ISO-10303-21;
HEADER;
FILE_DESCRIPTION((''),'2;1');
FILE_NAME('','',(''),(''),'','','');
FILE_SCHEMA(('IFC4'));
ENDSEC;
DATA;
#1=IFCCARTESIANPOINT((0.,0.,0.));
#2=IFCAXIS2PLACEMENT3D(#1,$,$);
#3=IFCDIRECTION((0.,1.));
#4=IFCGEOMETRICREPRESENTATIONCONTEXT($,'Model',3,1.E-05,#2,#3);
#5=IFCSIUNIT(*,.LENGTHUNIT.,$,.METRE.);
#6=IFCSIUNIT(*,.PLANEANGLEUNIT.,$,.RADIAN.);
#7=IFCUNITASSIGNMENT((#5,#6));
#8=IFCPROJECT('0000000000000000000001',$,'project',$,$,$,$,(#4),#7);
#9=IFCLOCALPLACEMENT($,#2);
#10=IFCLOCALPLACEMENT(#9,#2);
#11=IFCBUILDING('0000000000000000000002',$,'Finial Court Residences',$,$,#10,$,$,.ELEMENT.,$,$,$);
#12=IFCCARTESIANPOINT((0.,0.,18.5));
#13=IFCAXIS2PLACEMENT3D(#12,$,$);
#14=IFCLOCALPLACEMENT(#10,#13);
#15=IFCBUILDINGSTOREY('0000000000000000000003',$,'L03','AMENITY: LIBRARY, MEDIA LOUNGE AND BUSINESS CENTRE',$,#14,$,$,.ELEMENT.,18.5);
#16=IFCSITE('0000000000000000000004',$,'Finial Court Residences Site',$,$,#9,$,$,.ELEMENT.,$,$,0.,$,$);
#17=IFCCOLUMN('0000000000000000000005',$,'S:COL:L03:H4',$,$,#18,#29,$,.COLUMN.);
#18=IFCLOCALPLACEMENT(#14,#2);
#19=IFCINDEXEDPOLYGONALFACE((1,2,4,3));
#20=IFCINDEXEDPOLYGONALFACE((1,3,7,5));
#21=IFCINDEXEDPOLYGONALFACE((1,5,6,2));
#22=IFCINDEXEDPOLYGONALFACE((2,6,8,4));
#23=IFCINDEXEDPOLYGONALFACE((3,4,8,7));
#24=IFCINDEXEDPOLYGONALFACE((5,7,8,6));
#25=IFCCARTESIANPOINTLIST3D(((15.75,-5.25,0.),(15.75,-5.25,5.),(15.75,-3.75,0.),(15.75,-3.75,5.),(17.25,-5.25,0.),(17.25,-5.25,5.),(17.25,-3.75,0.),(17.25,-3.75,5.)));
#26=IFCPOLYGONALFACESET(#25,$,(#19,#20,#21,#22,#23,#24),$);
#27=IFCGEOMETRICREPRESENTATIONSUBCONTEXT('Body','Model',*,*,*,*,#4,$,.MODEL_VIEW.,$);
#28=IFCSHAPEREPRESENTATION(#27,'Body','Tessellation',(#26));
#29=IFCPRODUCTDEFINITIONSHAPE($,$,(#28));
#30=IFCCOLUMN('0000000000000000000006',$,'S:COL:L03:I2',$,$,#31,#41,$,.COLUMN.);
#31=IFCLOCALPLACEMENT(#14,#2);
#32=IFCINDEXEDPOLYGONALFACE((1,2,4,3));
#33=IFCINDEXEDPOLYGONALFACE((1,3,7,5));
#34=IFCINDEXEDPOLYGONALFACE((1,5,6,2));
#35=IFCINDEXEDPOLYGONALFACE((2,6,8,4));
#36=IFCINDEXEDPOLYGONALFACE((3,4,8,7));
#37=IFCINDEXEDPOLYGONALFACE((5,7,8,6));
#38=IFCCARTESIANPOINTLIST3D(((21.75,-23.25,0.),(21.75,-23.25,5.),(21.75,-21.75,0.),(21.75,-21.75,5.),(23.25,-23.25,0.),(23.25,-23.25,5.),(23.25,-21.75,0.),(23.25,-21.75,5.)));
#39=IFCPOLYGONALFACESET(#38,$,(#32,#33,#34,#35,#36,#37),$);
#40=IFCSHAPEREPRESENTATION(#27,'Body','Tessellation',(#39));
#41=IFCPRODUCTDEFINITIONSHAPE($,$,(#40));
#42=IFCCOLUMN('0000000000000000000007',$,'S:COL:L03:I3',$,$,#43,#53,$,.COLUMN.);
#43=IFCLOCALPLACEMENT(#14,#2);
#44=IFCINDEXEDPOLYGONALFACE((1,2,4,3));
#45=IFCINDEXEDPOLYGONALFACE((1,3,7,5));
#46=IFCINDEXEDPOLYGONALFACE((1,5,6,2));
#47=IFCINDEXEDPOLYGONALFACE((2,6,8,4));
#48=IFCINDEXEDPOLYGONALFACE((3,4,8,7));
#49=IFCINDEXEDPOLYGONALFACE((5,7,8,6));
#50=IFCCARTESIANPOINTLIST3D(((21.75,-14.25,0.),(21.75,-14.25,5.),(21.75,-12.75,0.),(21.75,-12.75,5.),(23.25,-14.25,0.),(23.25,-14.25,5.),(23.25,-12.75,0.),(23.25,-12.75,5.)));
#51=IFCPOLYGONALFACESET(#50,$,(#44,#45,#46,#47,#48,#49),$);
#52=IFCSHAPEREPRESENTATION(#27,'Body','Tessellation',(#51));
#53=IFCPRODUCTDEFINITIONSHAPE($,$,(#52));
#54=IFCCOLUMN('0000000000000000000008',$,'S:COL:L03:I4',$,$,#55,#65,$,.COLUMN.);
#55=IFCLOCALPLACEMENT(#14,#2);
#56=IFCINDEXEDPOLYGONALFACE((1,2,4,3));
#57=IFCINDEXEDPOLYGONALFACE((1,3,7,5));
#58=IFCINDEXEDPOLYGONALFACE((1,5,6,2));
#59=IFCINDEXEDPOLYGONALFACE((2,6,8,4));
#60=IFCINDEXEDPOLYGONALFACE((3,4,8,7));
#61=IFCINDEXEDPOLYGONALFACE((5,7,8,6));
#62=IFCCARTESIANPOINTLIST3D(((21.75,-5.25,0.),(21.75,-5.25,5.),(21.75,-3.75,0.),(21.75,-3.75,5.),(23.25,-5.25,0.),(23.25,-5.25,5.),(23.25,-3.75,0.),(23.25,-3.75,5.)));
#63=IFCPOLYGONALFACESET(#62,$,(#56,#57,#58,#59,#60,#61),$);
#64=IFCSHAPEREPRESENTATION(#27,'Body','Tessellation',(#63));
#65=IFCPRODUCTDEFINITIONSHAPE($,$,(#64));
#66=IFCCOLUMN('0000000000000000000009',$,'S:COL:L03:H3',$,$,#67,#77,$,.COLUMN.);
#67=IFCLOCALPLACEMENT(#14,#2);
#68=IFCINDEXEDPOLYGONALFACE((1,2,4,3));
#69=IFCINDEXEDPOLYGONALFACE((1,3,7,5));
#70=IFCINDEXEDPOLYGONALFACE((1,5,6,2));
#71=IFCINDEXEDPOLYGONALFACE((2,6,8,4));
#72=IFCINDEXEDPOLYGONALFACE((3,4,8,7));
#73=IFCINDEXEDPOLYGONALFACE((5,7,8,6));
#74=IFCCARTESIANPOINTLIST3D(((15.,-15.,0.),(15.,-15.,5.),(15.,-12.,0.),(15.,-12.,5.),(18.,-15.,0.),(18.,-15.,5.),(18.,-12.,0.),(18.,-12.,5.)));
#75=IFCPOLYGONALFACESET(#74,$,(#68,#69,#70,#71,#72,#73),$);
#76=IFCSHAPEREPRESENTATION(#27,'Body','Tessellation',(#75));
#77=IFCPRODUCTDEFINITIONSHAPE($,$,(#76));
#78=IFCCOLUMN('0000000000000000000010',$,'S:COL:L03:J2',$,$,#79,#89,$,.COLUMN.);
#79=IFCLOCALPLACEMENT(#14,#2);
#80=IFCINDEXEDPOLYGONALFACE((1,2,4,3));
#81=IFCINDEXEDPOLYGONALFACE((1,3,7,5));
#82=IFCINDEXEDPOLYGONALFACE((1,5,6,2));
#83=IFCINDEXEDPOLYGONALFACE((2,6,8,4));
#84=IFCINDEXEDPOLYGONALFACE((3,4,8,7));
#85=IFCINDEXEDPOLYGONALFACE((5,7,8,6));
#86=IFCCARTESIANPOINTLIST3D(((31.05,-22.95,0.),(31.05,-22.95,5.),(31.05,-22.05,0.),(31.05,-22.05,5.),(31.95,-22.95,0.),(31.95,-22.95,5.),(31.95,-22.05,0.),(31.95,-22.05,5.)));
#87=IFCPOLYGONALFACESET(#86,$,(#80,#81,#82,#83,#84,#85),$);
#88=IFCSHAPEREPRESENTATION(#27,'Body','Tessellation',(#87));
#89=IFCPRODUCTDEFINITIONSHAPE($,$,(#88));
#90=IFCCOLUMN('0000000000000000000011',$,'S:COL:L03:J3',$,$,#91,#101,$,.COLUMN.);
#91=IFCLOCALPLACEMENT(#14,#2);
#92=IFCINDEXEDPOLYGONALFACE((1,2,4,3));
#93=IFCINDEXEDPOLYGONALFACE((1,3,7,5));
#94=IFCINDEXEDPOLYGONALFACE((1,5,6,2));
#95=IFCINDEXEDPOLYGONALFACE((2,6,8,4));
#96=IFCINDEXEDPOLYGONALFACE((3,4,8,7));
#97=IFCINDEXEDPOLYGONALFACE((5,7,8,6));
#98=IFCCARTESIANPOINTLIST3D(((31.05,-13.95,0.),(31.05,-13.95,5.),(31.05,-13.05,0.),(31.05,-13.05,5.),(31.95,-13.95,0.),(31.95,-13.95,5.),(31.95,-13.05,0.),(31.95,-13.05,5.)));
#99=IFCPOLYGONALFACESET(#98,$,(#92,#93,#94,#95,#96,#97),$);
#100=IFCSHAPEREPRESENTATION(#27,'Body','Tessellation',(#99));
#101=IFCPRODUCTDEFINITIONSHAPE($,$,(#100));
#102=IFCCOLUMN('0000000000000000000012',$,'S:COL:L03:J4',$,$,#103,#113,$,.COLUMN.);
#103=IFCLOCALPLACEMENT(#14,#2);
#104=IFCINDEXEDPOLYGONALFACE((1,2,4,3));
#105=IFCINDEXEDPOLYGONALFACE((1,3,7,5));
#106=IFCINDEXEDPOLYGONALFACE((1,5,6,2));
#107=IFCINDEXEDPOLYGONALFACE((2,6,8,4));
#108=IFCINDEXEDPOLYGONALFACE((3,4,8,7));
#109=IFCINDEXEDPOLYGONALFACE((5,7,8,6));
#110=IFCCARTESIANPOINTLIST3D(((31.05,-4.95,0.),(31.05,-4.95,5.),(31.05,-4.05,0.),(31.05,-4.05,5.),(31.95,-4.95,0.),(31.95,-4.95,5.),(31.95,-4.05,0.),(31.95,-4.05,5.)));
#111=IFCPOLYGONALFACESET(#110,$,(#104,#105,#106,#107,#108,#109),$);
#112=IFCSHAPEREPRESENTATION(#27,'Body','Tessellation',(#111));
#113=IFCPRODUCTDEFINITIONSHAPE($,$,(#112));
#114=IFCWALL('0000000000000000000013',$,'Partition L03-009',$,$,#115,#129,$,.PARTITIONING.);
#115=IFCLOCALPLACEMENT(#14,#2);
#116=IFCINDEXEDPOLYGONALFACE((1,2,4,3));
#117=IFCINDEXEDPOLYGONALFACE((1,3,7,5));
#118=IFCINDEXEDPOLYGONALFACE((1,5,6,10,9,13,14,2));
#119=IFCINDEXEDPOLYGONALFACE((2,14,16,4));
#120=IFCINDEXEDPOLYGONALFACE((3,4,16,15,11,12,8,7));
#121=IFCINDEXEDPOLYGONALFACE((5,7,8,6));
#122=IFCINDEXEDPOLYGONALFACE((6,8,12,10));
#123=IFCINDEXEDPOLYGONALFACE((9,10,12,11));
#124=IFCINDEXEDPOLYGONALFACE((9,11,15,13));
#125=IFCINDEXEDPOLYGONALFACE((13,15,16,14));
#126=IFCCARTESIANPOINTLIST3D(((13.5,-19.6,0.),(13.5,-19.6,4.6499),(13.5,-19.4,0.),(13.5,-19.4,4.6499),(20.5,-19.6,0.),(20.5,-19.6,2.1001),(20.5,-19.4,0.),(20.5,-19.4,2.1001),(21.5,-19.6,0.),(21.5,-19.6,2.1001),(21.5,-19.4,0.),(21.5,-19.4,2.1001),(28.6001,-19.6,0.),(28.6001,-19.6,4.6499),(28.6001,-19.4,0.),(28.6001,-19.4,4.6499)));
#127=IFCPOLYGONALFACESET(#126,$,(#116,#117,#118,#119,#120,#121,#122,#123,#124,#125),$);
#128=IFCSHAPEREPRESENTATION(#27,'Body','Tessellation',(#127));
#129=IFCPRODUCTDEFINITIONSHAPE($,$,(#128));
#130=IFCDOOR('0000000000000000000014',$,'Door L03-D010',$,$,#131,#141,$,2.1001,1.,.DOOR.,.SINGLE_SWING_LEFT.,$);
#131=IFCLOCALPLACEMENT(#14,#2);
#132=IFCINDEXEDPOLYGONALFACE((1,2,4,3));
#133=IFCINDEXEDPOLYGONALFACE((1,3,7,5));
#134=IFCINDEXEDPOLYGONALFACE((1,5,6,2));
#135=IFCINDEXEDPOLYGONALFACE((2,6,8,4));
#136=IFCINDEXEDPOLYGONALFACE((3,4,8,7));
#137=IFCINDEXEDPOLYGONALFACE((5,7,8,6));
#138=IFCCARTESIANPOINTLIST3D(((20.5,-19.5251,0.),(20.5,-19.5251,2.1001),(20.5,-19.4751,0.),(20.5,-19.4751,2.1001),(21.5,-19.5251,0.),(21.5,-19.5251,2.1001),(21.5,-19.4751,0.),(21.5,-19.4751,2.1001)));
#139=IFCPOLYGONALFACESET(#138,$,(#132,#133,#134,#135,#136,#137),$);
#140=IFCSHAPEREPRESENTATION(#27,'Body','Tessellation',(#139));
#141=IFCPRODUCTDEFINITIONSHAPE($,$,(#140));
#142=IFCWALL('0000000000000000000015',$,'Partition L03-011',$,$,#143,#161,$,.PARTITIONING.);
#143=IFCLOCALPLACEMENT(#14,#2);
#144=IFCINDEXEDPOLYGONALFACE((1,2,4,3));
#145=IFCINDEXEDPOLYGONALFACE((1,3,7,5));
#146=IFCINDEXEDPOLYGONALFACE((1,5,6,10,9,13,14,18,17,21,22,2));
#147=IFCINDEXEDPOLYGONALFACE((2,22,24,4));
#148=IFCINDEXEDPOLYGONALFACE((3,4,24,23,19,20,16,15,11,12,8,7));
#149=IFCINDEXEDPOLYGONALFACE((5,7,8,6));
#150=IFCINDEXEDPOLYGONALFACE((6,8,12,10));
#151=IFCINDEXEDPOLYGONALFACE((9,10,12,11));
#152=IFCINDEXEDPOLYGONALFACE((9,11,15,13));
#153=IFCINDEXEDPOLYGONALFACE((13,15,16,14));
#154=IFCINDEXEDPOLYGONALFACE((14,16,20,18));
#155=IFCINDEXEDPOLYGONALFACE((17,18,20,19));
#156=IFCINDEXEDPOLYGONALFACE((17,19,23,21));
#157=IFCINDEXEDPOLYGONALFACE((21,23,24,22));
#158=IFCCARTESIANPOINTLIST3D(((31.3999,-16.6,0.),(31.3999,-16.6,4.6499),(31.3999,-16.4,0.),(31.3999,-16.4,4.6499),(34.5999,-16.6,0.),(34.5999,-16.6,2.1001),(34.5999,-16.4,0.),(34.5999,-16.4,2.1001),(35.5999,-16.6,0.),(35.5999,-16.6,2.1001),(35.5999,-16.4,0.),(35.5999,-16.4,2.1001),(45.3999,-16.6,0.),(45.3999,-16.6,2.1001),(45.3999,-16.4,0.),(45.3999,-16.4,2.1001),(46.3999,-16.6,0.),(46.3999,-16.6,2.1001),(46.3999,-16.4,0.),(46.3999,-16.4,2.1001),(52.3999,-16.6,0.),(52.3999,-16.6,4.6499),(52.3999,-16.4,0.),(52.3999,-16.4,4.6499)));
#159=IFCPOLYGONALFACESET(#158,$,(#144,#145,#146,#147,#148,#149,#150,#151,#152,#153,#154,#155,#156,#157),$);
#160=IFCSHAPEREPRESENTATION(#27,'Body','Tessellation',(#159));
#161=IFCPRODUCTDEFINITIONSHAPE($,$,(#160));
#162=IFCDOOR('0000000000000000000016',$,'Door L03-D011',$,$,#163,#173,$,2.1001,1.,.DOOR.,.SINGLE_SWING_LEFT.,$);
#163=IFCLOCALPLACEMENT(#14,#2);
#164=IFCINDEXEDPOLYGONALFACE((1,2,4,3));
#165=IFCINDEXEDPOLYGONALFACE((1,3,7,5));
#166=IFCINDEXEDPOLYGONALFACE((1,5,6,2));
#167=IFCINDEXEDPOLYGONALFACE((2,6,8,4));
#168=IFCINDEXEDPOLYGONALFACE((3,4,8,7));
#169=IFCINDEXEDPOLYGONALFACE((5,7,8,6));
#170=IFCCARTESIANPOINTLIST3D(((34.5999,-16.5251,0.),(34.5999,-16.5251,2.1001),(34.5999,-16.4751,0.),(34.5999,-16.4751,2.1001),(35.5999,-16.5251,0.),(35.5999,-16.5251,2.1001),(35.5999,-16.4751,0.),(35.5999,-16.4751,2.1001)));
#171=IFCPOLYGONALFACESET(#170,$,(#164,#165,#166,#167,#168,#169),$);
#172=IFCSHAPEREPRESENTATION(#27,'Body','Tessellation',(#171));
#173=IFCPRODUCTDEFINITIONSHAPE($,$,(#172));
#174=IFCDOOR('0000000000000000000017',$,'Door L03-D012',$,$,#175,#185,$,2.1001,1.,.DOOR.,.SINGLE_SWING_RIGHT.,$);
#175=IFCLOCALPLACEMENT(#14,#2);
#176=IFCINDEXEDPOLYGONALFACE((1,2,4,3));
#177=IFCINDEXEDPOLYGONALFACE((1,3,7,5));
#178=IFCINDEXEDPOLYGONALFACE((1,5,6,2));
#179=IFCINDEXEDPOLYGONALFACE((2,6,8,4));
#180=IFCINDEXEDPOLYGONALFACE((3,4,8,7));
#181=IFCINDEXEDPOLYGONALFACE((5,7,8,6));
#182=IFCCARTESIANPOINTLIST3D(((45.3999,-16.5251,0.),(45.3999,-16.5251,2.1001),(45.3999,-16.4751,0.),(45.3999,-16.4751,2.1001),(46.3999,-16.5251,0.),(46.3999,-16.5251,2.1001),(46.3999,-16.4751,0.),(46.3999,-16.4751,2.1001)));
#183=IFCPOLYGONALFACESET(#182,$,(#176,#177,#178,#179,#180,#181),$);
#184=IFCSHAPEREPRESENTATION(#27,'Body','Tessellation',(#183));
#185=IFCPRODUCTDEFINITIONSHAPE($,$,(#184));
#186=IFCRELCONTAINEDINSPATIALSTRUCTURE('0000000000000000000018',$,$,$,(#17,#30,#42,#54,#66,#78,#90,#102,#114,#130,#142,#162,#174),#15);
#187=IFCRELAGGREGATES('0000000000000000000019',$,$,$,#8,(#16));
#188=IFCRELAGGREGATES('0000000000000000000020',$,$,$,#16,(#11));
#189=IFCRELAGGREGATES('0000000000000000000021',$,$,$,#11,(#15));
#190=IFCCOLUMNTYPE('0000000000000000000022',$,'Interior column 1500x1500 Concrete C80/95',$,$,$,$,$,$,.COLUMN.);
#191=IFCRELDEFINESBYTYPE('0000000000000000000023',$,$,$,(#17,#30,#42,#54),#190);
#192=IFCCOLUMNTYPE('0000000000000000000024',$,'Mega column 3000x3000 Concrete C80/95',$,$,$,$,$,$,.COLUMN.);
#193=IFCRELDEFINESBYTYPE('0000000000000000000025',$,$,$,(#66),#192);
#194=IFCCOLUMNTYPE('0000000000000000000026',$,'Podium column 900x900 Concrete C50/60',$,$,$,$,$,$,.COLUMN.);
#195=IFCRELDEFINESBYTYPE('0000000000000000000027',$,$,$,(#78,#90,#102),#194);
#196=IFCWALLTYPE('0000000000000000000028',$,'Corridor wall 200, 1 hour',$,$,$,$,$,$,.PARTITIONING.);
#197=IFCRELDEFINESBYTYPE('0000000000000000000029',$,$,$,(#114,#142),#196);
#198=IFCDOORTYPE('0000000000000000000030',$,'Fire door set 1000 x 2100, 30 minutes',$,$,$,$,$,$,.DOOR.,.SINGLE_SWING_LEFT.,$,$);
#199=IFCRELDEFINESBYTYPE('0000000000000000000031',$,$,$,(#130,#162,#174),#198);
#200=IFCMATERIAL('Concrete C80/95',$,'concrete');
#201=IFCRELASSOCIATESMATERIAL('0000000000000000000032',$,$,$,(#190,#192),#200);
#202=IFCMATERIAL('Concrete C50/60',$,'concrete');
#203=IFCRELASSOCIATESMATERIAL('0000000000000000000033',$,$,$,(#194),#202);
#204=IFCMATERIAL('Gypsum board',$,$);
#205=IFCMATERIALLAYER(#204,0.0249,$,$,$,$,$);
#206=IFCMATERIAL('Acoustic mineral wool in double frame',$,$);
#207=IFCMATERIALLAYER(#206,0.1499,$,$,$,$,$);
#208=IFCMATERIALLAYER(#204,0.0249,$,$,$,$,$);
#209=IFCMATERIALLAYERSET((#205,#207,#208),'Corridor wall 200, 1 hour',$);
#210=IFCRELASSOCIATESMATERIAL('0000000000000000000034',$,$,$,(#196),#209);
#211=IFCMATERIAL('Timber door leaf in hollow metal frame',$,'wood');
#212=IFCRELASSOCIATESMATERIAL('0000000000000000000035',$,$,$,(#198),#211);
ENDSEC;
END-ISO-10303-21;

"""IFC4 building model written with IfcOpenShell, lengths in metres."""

from ifc_helpers import new_model, si_unit, direction, frame, frame_2d, origin, origin_2d, place, context, subcontext, project, spatial, rectangle, extrude, material, layer, layer_set, material_profile, profile_set, type_object, element, fill, save


model = new_model("IFC4")

# Units and contexts
model_context = context("Model", 3, precision=1e-05, world=origin(), true_north=direction((0.0, 1.0)))
body_context = subcontext(model_context, "Body", "Model", "MODEL_VIEW")
ifc_project = project(units=[si_unit("LENGTHUNIT", "METRE"), si_unit("PLANEANGLEUNIT", "RADIAN")], contexts=[model_context])

# Site, building, storey
site_placement = place(None, origin())
site = spatial("IfcSite", under=ifc_project, at=site_placement, Name="Finial Court Residences Site", CompositionType="ELEMENT", RefElevation=0.0)
building_placement = place(site_placement, origin())
building = spatial("IfcBuilding", under=site, at=building_placement, Name="Finial Court Residences", CompositionType="ELEMENT")
storey_placement = place(building_placement, frame((0.0, 0.0, 18.5)))
storey = spatial("IfcBuildingStorey", under=building, at=storey_placement, Name="L03", Description="AMENITY: LIBRARY, MEDIA LOUNGE AND BUSINESS CENTRE", CompositionType="ELEMENT", Elevation=18.5)

# Columns
ifc_material_1 = material(Name="Concrete C80/95", Category="concrete")
ifc_material_profile_1 = material_profile(ifc_material_1, rectangle(XDim=1.5, YDim=1.5, at=origin_2d()), Name="1500x1500")
ifc_profile_set_1 = profile_set([ifc_material_profile_1], Name="Concrete C80/95")
column_type_1 = type_object("IfcColumnType", Name="Interior column 1500x1500 Concrete C80/95", PredefinedType="COLUMN", material=ifc_profile_set_1)
for number, where, z_axis, x_axis, name in (
    (1, (16.5, -4.5, 0.0), (0.0, 0.0, 1.0), (1.0, 0.0, 0.0), "S:COL:L03:H4"),
    (2, (22.5, -22.5, 0.0), (0.0, 0.0, 1.0), (1.0, 0.0, 0.0), "S:COL:L03:I2"),
    (3, (22.5, -13.5, 0.0), (0.0, 0.0, 1.0), (1.0, 0.0, 0.0), "S:COL:L03:I3"),
    (4, (22.5, -4.5, 0.0), (0.0, 0.0, 1.0), (1.0, 0.0, 0.0), "S:COL:L03:I4"),
):
    element("IfcColumn", number, at=place(storey_placement, frame(where, z_axis=z_axis, x_axis=x_axis)), inside=storey, type_object=column_type_1, Name=name, PredefinedType="COLUMN", context=body_context, shape_type="SweptSolid", body=[
        extrude(rectangle(XDim=1.5, YDim=1.5, at=origin_2d()), origin(), (0.0, 0.0, 1.0), 5.0),
    ])
ifc_material_profile_2 = material_profile(ifc_material_1, rectangle(XDim=3.0, YDim=3.0, at=origin_2d()), Name="3000x3000")
ifc_profile_set_2 = profile_set([ifc_material_profile_2], Name="Concrete C80/95")
column_type_2 = type_object("IfcColumnType", Name="Mega column 3000x3000 Concrete C80/95", PredefinedType="COLUMN", material=ifc_profile_set_2)
column_placement = place(storey_placement, frame((16.5, -13.5, 0.0), z_axis=(0.0, 0.0, 1.0), x_axis=(1.0, 0.0, 0.0)))
element("IfcColumn", 5, at=column_placement, inside=storey, type_object=column_type_2, Name="S:COL:L03:H3", PredefinedType="COLUMN", context=body_context, shape_type="SweptSolid", body=[
    extrude(rectangle(XDim=3.0, YDim=3.0, at=origin_2d()), origin(), (0.0, 0.0, 1.0), 5.0),
])
ifc_material_2 = material(Name="Concrete C50/60", Category="concrete")
ifc_material_profile_3 = material_profile(ifc_material_2, rectangle(XDim=0.8999, YDim=0.8999, at=origin_2d()), Name="900x900")
ifc_profile_set_3 = profile_set([ifc_material_profile_3], Name="Concrete C50/60")
column_type_3 = type_object("IfcColumnType", Name="Podium column 900x900 Concrete C50/60", PredefinedType="COLUMN", material=ifc_profile_set_3)
for number, where, z_axis, x_axis, name in (
    (6, (31.5, -22.5, 0.0), (0.0, 0.0, 1.0), (1.0, 0.0, 0.0), "S:COL:L03:J2"),
    (7, (31.5, -13.5, 0.0), (0.0, 0.0, 1.0), (1.0, 0.0, 0.0), "S:COL:L03:J3"),
    (8, (31.5, -4.5, 0.0), (0.0, 0.0, 1.0), (1.0, 0.0, 0.0), "S:COL:L03:J4"),
):
    element("IfcColumn", number, at=place(storey_placement, frame(where, z_axis=z_axis, x_axis=x_axis)), inside=storey, type_object=column_type_3, Name=name, PredefinedType="COLUMN", context=body_context, shape_type="SweptSolid", body=[
        extrude(rectangle(XDim=0.8999, YDim=0.8999, at=origin_2d()), origin(), (0.0, 0.0, 1.0), 5.0),
    ])

# Wall, opening, door
ifc_material_3 = material(Name="Gypsum board")
ifc_layer_1 = layer(ifc_material_3, 0.0249)
ifc_material_4 = material(Name="Acoustic mineral wool in double frame")
ifc_layer_2 = layer(ifc_material_4, 0.1499)
ifc_layer_3 = layer(ifc_material_3, 0.0249)
ifc_layer_set_1 = layer_set([ifc_layer_1, ifc_layer_2, ifc_layer_3], Name="Corridor wall 200, 1 hour")
wall_type_1 = type_object("IfcWallType", Name="Corridor wall 200, 1 hour", PredefinedType="PARTITIONING", material=ifc_layer_set_1)
wall_1_placement = place(storey_placement, frame((13.5, -19.5, 0.0), z_axis=(0.0, 0.0, 1.0), x_axis=(1.0, 0.0, 0.0)))
wall_1 = element("IfcWall", 9, at=wall_1_placement, inside=storey, type_object=wall_type_1, Name="Partition L03-009", PredefinedType="PARTITIONING", context=body_context, shape_type="SweptSolid", body=[
    extrude(rectangle(XDim=15.1001, YDim=0.2, at=frame_2d((7.55, 0.0))), origin(), (0.0, 0.0, 1.0), 4.6499),
])
opening_1_placement = place(wall_1_placement, frame((7.0, 0.0, 0.0)))
opening_1 = element("IfcOpeningElement", 10, at=opening_1_placement, cuts=wall_1, PredefinedType="OPENING", context=body_context, shape_type="SweptSolid", body=[
    extrude(rectangle(XDim=1.0, YDim=2.1001, at=frame_2d((0.5, 1.05))), frame((0.0, 0.1099, 0.0), z_axis=(0.0, -1.0, 0.0), x_axis=(1.0, 0.0, 0.0)), (0.0, 0.0, 1.0), 0.22),
])
ifc_material_5 = material(Name="Timber door leaf in hollow metal frame", Category="wood")
door_type = type_object("IfcDoorType", Name="Fire door set 1000 x 2100, 30 minutes", OperationType="SINGLE_SWING_LEFT", PredefinedType="DOOR", material=ifc_material_5)
door_1_placement = place(opening_1_placement, origin())
door_1 = element("IfcDoor", 11, at=door_1_placement, inside=storey, type_object=door_type, Name="Door L03-D010", OperationType="SINGLE_SWING_LEFT", OverallHeight=2.1001, OverallWidth=1.0, PredefinedType="DOOR", context=body_context, shape_type="SweptSolid", body=[
    extrude(rectangle(XDim=1.0, YDim=2.1001, at=frame_2d((0.5, 1.05))), frame((0.0, 0.0249, 0.0), z_axis=(0.0, -1.0, 0.0), x_axis=(1.0, 0.0, 0.0)), (0.0, 0.0, 1.0), 0.05),
])
fill(opening_1, door_1)

# Wall, openings, doors
wall_2_placement = place(storey_placement, frame((31.3999, -16.5, 0.0), z_axis=(0.0, 0.0, 1.0), x_axis=(1.0, 0.0, 0.0)))
wall_2 = element("IfcWall", 12, at=wall_2_placement, inside=storey, type_object=wall_type_1, Name="Partition L03-011", PredefinedType="PARTITIONING", context=body_context, shape_type="SweptSolid", body=[
    extrude(rectangle(XDim=21.0, YDim=0.2, at=frame_2d((10.5, 0.0))), origin(), (0.0, 0.0, 1.0), 4.6499),
])
opening_2_placement = place(wall_2_placement, frame((3.2, 0.0, 0.0)))
opening_2 = element("IfcOpeningElement", 13, at=opening_2_placement, cuts=wall_2, PredefinedType="OPENING", context=body_context, shape_type="SweptSolid", body=[
    extrude(rectangle(XDim=1.0, YDim=2.1001, at=frame_2d((0.5, 1.05))), frame((0.0, 0.1099, 0.0), z_axis=(0.0, -1.0, 0.0), x_axis=(1.0, 0.0, 0.0)), (0.0, 0.0, 1.0), 0.22),
])
opening_3_placement = place(wall_2_placement, frame((14.0, 0.0, 0.0)))
opening_3 = element("IfcOpeningElement", 14, at=opening_3_placement, cuts=wall_2, PredefinedType="OPENING", context=body_context, shape_type="SweptSolid", body=[
    extrude(rectangle(XDim=1.0, YDim=2.1001, at=frame_2d((0.5, 1.05))), frame((0.0, 0.1099, 0.0), z_axis=(0.0, -1.0, 0.0), x_axis=(1.0, 0.0, 0.0)), (0.0, 0.0, 1.0), 0.22),
])
door_2_placement = place(opening_2_placement, origin())
door_2 = element("IfcDoor", 15, at=door_2_placement, inside=storey, type_object=door_type, Name="Door L03-D011", OperationType="SINGLE_SWING_LEFT", OverallHeight=2.1001, OverallWidth=1.0, PredefinedType="DOOR", context=body_context, shape_type="SweptSolid", body=[
    extrude(rectangle(XDim=1.0, YDim=2.1001, at=frame_2d((0.5, 1.05))), frame((0.0, 0.0249, 0.0), z_axis=(0.0, -1.0, 0.0), x_axis=(1.0, 0.0, 0.0)), (0.0, 0.0, 1.0), 0.05),
])
fill(opening_2, door_2)
door_3_placement = place(opening_3_placement, origin())
door_3 = element("IfcDoor", 16, at=door_3_placement, inside=storey, type_object=door_type, Name="Door L03-D012", OperationType="SINGLE_SWING_RIGHT", OverallHeight=2.1001, OverallWidth=1.0, PredefinedType="DOOR", context=body_context, shape_type="SweptSolid", body=[
    extrude(rectangle(XDim=1.0, YDim=2.1001, at=frame_2d((0.5, 1.05))), frame((0.0, 0.0249, 0.0), z_axis=(0.0, -1.0, 0.0), x_axis=(1.0, 0.0, 0.0)), (0.0, 0.0, 1.0), 0.05),
])
fill(opening_3, door_3)

save(model, "model.ifc")
